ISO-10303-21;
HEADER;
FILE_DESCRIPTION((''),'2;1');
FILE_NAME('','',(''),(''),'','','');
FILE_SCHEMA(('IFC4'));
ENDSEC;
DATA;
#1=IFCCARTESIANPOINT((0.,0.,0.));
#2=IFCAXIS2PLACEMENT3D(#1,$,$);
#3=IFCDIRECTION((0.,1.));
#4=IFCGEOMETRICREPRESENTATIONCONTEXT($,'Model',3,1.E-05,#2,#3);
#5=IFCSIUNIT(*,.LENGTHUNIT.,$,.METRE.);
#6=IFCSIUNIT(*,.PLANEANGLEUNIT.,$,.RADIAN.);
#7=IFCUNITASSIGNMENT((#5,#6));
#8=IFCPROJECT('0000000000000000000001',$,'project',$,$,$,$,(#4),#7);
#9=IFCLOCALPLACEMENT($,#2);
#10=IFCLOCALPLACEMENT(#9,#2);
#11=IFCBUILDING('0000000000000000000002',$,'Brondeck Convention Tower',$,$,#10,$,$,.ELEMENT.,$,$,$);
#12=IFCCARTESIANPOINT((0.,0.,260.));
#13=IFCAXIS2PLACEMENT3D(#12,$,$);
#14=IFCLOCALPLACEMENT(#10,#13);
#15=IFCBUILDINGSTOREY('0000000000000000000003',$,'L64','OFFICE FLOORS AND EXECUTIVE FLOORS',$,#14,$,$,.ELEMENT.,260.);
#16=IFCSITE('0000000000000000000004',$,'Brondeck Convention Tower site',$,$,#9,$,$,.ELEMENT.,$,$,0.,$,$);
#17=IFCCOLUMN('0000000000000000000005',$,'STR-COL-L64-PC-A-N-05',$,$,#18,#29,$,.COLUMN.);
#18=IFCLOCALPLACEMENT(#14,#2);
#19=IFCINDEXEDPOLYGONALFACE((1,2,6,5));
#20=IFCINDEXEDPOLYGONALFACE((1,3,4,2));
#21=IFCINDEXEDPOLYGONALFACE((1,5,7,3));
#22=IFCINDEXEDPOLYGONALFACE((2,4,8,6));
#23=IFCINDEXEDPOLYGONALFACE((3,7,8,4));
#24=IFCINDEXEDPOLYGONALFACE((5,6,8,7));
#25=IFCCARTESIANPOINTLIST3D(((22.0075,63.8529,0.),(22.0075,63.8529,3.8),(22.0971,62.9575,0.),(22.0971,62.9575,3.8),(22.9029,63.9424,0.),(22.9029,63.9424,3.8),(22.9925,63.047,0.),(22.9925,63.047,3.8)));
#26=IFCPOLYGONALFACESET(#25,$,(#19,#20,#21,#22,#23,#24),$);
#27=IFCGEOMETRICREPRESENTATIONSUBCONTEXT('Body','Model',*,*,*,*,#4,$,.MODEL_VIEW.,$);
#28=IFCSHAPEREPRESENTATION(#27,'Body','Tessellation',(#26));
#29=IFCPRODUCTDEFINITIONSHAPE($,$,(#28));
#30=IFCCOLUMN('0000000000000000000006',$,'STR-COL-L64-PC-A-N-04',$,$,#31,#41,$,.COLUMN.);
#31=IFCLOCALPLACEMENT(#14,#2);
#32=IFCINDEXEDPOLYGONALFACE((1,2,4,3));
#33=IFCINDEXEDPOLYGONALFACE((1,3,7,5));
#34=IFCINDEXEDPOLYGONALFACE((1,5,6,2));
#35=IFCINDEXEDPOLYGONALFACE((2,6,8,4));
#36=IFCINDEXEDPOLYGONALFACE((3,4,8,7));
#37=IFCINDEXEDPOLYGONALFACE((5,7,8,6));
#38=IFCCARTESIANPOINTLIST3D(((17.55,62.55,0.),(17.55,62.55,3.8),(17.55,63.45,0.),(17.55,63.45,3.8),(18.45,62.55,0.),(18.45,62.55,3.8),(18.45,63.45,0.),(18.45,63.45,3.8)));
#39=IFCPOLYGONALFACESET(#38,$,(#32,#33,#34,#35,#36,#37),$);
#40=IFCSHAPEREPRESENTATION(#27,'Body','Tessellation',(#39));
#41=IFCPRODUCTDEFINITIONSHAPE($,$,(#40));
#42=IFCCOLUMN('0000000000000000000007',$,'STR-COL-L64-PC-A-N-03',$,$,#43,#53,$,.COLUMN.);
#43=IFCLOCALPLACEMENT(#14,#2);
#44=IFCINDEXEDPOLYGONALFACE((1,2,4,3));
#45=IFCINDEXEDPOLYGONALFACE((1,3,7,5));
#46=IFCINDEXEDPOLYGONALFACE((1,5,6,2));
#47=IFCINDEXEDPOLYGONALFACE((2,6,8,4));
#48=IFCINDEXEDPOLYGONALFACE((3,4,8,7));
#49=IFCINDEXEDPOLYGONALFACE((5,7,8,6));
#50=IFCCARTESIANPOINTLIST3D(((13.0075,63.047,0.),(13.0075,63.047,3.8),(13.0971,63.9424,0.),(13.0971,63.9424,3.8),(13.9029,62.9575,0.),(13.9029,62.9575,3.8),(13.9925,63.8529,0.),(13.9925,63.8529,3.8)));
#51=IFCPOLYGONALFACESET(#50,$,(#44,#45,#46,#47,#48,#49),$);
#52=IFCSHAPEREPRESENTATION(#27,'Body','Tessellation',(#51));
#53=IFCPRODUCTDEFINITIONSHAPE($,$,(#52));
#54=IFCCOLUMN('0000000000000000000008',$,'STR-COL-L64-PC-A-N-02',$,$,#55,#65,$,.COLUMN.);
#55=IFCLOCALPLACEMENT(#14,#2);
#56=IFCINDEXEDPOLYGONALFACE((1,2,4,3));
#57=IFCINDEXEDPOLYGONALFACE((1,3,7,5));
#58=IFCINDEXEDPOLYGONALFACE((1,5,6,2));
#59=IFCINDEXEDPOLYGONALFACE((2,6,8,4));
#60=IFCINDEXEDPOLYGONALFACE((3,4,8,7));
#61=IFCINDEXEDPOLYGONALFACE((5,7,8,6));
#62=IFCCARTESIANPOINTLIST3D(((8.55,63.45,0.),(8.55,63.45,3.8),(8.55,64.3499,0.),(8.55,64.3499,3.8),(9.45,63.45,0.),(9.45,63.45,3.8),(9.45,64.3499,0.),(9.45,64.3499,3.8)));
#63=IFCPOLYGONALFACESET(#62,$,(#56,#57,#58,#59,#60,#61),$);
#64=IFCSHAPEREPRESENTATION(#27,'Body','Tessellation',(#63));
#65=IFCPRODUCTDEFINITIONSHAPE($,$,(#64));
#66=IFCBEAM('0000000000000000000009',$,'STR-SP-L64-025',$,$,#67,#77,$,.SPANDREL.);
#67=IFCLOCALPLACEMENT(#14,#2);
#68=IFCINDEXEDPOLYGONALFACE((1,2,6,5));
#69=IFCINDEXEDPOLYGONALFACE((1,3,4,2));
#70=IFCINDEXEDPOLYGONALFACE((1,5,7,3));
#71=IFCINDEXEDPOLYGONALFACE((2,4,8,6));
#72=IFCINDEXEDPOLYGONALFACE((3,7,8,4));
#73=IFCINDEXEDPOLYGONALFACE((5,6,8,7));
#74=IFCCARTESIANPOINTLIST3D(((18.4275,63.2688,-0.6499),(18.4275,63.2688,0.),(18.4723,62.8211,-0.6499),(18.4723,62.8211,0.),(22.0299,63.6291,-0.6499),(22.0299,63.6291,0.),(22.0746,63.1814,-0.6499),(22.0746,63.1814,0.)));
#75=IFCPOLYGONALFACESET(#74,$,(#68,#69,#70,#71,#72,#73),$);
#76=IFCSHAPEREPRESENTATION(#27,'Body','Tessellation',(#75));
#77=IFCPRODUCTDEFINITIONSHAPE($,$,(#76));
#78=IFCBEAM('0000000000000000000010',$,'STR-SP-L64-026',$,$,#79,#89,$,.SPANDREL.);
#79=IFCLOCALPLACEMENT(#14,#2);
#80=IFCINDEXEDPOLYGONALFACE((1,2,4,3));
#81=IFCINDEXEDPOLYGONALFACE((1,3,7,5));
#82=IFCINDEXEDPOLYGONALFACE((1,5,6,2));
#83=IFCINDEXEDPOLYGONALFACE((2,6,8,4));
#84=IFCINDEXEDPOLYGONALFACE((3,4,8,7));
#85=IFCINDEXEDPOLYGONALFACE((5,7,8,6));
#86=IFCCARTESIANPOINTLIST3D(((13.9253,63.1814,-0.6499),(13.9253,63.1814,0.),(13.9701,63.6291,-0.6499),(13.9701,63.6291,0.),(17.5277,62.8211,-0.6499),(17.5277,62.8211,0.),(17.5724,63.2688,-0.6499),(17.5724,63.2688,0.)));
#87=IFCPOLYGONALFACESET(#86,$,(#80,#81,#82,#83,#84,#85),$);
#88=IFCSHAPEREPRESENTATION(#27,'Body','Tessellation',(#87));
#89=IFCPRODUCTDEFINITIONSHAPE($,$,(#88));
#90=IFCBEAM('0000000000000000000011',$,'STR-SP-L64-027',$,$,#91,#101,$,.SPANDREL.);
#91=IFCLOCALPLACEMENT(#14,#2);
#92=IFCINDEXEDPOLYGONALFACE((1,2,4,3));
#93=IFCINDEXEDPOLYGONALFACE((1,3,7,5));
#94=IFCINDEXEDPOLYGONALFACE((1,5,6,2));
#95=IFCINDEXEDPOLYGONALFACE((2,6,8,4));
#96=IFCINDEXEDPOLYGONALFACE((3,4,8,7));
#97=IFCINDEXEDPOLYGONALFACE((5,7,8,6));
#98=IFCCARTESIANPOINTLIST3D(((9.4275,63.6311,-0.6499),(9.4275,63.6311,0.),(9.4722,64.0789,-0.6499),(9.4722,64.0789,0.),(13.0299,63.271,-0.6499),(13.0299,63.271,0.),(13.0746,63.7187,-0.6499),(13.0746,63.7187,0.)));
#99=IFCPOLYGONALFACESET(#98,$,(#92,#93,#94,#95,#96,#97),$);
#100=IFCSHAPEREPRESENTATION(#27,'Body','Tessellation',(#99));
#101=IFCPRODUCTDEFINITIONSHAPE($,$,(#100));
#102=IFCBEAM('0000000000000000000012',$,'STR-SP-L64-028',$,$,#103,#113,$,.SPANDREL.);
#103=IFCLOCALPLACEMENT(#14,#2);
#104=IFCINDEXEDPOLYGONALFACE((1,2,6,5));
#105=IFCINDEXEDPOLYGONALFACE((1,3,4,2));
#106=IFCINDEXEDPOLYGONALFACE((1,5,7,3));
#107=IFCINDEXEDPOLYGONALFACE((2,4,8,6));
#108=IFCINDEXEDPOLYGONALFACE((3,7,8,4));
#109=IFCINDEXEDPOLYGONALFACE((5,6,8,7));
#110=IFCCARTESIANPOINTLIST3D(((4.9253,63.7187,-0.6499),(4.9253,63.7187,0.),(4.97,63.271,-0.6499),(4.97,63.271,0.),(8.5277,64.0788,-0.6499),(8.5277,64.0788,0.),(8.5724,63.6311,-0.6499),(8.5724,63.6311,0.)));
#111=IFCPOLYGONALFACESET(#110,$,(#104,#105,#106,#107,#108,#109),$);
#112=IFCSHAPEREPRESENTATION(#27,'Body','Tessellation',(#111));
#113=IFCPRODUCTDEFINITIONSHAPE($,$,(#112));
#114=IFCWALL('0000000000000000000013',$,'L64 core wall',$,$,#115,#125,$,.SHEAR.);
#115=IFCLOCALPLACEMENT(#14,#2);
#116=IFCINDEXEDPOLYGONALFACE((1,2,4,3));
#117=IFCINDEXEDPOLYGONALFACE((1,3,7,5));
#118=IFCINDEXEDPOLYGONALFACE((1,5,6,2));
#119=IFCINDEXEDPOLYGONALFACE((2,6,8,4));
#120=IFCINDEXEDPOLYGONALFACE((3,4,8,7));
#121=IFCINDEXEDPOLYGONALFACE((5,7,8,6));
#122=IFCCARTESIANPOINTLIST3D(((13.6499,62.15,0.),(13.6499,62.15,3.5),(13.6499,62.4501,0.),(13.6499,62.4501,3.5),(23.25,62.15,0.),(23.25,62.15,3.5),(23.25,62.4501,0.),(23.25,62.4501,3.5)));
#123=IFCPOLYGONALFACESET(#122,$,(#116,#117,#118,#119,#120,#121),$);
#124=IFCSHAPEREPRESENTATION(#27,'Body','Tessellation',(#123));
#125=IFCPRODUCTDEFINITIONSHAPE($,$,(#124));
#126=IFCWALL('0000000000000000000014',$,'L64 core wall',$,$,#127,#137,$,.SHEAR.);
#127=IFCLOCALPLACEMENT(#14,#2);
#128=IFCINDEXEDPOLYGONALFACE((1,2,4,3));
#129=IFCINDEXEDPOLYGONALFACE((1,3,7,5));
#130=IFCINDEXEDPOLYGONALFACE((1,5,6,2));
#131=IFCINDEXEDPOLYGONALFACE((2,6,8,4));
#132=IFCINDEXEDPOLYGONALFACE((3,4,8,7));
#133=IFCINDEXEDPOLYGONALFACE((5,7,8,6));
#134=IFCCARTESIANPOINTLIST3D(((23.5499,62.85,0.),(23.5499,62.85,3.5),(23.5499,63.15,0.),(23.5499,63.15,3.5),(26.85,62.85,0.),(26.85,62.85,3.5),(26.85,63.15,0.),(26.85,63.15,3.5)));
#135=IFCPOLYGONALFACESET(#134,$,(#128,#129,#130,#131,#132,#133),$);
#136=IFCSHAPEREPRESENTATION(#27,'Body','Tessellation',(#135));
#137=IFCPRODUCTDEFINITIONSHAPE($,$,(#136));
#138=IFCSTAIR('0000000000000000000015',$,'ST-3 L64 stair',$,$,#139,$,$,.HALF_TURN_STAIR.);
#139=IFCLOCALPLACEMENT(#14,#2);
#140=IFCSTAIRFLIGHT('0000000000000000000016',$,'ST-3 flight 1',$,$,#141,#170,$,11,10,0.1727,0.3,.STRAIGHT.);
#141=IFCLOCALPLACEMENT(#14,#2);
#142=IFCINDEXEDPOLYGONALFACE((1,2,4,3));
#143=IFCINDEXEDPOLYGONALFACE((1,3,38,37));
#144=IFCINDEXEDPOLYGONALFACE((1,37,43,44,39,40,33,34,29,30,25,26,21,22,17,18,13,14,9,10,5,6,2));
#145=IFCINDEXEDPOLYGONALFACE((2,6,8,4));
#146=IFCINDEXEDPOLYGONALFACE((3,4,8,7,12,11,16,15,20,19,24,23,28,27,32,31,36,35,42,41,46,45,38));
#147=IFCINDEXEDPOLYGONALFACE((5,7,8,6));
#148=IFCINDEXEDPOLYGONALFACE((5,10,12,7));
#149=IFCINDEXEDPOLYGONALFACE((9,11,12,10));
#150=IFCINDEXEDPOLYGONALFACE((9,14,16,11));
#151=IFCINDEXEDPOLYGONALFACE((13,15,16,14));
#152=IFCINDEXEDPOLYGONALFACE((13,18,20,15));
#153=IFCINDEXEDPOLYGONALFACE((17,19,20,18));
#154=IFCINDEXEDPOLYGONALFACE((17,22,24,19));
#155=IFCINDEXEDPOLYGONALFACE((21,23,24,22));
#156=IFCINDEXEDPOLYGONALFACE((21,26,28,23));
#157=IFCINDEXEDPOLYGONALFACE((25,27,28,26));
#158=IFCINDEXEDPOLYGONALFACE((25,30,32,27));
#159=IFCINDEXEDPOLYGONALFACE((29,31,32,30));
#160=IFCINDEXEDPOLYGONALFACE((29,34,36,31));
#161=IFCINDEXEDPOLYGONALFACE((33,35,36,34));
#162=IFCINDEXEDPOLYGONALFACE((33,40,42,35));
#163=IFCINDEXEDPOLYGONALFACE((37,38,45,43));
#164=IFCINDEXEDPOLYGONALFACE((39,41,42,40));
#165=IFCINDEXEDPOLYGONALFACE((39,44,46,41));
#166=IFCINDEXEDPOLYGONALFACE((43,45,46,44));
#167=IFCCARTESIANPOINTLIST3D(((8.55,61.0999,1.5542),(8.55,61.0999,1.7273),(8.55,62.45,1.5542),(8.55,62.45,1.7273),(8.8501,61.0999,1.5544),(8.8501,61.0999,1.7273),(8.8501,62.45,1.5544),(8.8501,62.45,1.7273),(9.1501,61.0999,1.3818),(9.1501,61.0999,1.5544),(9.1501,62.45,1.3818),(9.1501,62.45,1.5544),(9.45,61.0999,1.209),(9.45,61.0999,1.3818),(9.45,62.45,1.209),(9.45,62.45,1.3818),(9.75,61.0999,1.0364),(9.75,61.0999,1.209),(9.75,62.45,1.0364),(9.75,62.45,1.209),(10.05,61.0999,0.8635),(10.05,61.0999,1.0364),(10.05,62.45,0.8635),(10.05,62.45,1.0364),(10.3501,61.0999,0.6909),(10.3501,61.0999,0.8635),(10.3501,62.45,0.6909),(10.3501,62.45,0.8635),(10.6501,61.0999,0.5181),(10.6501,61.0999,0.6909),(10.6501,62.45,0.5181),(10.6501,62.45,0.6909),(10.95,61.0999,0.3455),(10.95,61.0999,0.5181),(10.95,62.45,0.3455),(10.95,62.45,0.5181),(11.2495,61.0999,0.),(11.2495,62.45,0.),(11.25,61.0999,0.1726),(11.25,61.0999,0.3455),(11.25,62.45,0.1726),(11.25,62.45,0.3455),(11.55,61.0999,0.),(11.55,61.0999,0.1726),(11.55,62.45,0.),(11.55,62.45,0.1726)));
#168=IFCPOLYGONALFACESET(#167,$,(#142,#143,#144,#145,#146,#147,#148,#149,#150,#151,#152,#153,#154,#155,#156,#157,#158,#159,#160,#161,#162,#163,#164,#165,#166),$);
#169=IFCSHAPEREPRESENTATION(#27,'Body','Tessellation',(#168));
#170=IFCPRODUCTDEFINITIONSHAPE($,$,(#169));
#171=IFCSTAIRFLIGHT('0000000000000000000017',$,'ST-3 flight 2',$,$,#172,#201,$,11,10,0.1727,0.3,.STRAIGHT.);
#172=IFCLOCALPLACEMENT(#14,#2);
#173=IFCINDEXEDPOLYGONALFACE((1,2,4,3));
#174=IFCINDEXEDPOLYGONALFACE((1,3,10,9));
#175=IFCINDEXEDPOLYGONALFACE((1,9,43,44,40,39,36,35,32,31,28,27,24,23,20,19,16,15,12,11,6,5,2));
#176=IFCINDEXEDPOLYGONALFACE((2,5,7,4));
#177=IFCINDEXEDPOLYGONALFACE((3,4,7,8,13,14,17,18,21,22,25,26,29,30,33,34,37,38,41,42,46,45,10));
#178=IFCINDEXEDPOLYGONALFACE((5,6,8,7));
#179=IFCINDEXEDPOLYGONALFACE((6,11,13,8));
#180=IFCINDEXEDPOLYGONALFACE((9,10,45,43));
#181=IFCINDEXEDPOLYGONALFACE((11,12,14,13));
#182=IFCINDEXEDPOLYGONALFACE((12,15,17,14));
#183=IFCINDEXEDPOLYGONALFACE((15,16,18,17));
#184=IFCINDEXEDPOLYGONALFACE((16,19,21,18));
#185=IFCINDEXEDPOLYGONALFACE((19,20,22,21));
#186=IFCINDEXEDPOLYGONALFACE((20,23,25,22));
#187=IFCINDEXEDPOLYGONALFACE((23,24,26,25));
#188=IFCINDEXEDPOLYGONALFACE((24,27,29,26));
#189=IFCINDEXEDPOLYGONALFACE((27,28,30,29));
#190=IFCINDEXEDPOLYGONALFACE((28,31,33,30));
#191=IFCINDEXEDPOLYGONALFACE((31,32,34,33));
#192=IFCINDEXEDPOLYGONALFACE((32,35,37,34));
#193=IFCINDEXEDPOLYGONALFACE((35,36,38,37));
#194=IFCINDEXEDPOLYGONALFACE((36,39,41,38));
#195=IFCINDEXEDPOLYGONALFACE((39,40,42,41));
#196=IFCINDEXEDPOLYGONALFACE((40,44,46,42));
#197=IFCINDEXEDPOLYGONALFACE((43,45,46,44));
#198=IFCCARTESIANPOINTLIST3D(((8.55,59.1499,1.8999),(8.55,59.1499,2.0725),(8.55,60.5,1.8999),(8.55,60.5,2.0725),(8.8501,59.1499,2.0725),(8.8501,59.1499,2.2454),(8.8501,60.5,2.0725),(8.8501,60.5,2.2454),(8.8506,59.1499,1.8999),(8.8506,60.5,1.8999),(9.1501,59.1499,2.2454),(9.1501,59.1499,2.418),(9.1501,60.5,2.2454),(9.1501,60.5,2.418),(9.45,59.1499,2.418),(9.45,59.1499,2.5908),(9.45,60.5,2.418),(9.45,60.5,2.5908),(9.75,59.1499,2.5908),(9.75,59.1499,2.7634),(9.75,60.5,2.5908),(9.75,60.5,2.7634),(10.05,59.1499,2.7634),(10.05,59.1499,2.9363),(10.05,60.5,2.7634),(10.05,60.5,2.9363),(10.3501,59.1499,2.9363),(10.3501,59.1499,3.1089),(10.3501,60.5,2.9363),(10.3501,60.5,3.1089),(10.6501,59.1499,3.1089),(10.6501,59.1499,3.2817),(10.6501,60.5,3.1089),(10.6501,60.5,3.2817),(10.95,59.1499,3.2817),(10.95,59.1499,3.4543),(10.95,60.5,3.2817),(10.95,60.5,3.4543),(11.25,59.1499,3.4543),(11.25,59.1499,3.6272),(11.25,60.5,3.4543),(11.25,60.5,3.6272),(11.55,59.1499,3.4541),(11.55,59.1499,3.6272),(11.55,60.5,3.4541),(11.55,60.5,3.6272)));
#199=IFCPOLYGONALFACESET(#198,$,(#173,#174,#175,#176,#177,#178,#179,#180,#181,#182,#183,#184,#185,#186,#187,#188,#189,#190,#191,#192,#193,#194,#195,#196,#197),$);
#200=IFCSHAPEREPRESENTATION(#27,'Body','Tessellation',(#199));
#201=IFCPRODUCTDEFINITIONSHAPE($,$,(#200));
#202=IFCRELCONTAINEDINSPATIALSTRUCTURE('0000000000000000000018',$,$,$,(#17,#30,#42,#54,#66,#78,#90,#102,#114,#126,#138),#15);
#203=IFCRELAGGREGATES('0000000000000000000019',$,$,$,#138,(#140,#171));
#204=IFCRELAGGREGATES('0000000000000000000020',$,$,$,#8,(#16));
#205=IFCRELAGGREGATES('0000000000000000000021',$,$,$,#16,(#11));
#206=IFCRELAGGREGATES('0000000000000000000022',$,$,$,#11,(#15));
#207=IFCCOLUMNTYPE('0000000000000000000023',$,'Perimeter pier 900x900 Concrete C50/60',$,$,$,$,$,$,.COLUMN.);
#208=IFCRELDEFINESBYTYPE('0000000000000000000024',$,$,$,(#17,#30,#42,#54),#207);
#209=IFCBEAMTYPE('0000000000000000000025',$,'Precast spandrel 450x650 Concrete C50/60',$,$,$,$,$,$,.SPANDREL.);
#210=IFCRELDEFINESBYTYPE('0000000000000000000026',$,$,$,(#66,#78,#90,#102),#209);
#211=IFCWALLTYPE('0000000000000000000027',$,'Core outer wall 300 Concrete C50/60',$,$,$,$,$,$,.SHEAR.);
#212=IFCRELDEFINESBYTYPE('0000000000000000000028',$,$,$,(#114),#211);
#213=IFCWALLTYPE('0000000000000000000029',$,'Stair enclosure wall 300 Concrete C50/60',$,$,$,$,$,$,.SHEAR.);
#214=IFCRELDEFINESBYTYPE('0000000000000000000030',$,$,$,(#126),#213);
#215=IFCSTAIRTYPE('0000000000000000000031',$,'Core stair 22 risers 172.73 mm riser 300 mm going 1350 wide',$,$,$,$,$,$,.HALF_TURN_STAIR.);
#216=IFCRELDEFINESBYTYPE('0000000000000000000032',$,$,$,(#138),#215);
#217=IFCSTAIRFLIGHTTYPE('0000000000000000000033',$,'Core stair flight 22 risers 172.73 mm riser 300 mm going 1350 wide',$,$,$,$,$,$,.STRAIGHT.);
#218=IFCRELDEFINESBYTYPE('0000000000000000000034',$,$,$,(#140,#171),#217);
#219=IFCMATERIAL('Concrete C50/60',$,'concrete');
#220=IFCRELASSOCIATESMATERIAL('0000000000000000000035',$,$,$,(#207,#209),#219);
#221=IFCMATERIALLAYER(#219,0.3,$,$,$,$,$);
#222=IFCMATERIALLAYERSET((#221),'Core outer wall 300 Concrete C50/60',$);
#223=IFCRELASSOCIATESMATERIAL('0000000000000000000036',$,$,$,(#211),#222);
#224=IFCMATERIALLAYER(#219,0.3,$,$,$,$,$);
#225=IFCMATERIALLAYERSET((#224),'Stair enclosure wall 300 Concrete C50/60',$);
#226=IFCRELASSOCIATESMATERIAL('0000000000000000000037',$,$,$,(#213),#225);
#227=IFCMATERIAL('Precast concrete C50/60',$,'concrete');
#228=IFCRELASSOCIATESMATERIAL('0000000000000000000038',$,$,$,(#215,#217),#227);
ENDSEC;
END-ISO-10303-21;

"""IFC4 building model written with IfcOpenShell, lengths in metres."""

from ifc_helpers import new_model, si_unit, direction, frame, frame_2d, origin, origin_2d, place, context, subcontext, project, spatial, polyline, rectangle, outline, extrude, material, layer, layer_set, material_profile, profile_set, type_object, element, aggregate, save


model = new_model("IFC4")

# Units and contexts
model_context = context("Model", 3, precision=1e-05, world=origin(), true_north=direction((0.0, 1.0)))
body_context = subcontext(model_context, "Body", "Model", "MODEL_VIEW")
ifc_project = project(units=[si_unit("LENGTHUNIT", "METRE"), si_unit("PLANEANGLEUNIT", "RADIAN")], contexts=[model_context])

# Site, building, storey
site_placement = place(None, origin())
site = spatial("IfcSite", under=ifc_project, at=site_placement, Name="Brondeck Convention Tower site", CompositionType="ELEMENT", RefElevation=0.0)
building_placement = place(site_placement, origin())
building = spatial("IfcBuilding", under=site, at=building_placement, Name="Brondeck Convention Tower", CompositionType="ELEMENT")
storey_placement = place(building_placement, frame((0.0, 0.0, 260.0)))
storey = spatial("IfcBuildingStorey", under=building, at=storey_placement, Name="L64", Description="OFFICE FLOORS AND EXECUTIVE FLOORS", CompositionType="ELEMENT", Elevation=260.0)

# Columns
ifc_material_1 = material(Name="Concrete C50/60", Category="concrete")
ifc_material_profile_1 = material_profile(ifc_material_1, rectangle(XDim=0.8999, YDim=0.8999, at=origin_2d()), Name="Perimeter pier 900x900 Concrete C50/60")
ifc_profile_set_1 = profile_set([ifc_material_profile_1], Name="Concrete C50/60")
column_type = type_object("IfcColumnType", Name="Perimeter pier 900x900 Concrete C50/60", PredefinedType="COLUMN", material=ifc_profile_set_1)
for number, where, z_axis, x_axis, name in (
    (1, (22.5, 63.45, 0.0), (0.0, 0.0, 1.0), (-0.995037, -0.099504, 0.0), "STR-COL-L64-PC-A-N-05"),
    (2, (18.0, 63.0, 0.0), (0.0, 0.0, 1.0), (-1.0, 0.0, 0.0), "STR-COL-L64-PC-A-N-04"),
    (3, (13.5, 63.45, 0.0), (0.0, 0.0, 1.0), (-0.995037, 0.099504, 0.0), "STR-COL-L64-PC-A-N-03"),
    (4, (9.0, 63.8999, 0.0), (0.0, 0.0, 1.0), (-1.0, 0.0, 0.0), "STR-COL-L64-PC-A-N-02"),
):
    element("IfcColumn", number, at=place(storey_placement, frame(where, z_axis=z_axis, x_axis=x_axis)), inside=storey, type_object=column_type, Name=name, PredefinedType="COLUMN", context=body_context, shape_type="SweptSolid", body=[
        extrude(rectangle(XDim=0.8999, YDim=0.8999, at=origin_2d()), origin(), (0.0, 0.0, 1.0), 3.8),
    ])

# Beams
ifc_material_profile_2 = material_profile(ifc_material_1, rectangle(XDim=0.45, YDim=0.6499, at=origin_2d()), Name="Precast spandrel 450x650 Concrete C50/60")
ifc_profile_set_2 = profile_set([ifc_material_profile_2], Name="Concrete C50/60")
beam_type = type_object("IfcBeamType", Name="Precast spandrel 450x650 Concrete C50/60", PredefinedType="SPANDREL", material=ifc_profile_set_2)
for number, where, z_axis, x_axis, name in (
    (5, (22.0522, 63.4053, -0.325), (-0.995034, -0.099537, 0.0), (0.099537, -0.995034, 0.0), "STR-SP-L64-025"),
    (6, (17.55, 63.0449, -0.325), (-0.995034, 0.099537, 0.0), (-0.099537, -0.995034, 0.0), "STR-SP-L64-026"),
    (7, (13.0522, 63.4949, -0.325), (-0.995041, 0.09947, 0.0), (-0.09947, -0.995041, 0.0), "STR-SP-L64-027"),
    (8, (8.55, 63.855, -0.325), (-0.995041, -0.09947, 0.0), (0.09947, -0.995041, 0.0), "STR-SP-L64-028"),
):
    element("IfcBeam", number, at=place(storey_placement, frame(where, z_axis=z_axis, x_axis=x_axis)), inside=storey, type_object=beam_type, Name=name, PredefinedType="SPANDREL", context=body_context, shape_type="SweptSolid", body=[
        extrude(rectangle(XDim=0.45, YDim=0.6499, at=origin_2d()), origin(), (0.0, 0.0, 1.0), 3.6204),
    ])

# Walls
ifc_layer_1 = layer(ifc_material_1, 0.3)
ifc_layer_set_1 = layer_set([ifc_layer_1], Name="Core outer wall 300 Concrete C50/60")
wall_type_1 = type_object("IfcWallType", Name="Core outer wall 300 Concrete C50/60", PredefinedType="SHEAR", material=ifc_layer_set_1)
wall_1_placement = place(storey_placement, frame((13.6499, 62.3, 0.0), z_axis=(0.0, 0.0, 1.0), x_axis=(1.0, 0.0, 0.0)))
element("IfcWall", 9, at=wall_1_placement, inside=storey, type_object=wall_type_1, Name="L64 core wall", PredefinedType="SHEAR", context=body_context, shape_type="SweptSolid", body=[
    extrude(rectangle(XDim=9.6001, YDim=0.3, at=frame_2d((4.8, 0.0))), origin(), (0.0, 0.0, 1.0), 3.5),
])
ifc_layer_2 = layer(ifc_material_1, 0.3)
ifc_layer_set_2 = layer_set([ifc_layer_2], Name="Stair enclosure wall 300 Concrete C50/60")
wall_type_2 = type_object("IfcWallType", Name="Stair enclosure wall 300 Concrete C50/60", PredefinedType="SHEAR", material=ifc_layer_set_2)
wall_2_placement = place(storey_placement, frame((23.55, 63.0, 0.0), z_axis=(0.0, 0.0, 1.0), x_axis=(1.0, 0.0, 0.0)))
element("IfcWall", 10, at=wall_2_placement, inside=storey, type_object=wall_type_2, Name="L64 core wall", PredefinedType="SHEAR", context=body_context, shape_type="SweptSolid", body=[
    extrude(rectangle(XDim=3.3, YDim=0.3, at=frame_2d((1.6499, 0.0))), origin(), (0.0, 0.0, 1.0), 3.5),
])

# Stair, stair flights
ifc_material_2 = material(Name="Precast concrete C50/60", Category="concrete")
stair_type = type_object("IfcStairType", Name="Core stair 22 risers 172.73 mm riser 300 mm going 1350 wide", PredefinedType="HALF_TURN_STAIR", material=ifc_material_2)
stair_placement = place(storey_placement, origin())
stair = element("IfcStair", 11, at=stair_placement, inside=storey, type_object=stair_type, Name="ST-3 L64 stair", PredefinedType="HALF_TURN_STAIR")
stair_flight_type = type_object("IfcStairFlightType", Name="Core stair flight 22 risers 172.73 mm riser 300 mm going 1350 wide", PredefinedType="STRAIGHT", material=ifc_material_2)
stair_flight_1_placement = place(storey_placement, frame((11.55, 61.7749, 0.0), z_axis=(0.0, 0.0, 1.0), x_axis=(-1.0, 0.0, 0.0)))
stair_flight_1 = element("IfcStairFlight", 12, at=stair_flight_1_placement, type_object=stair_flight_type, Name="ST-3 flight 1", NumberOfRisers=11, NumberOfTreads=10, PredefinedType="STRAIGHT", RiserHeight=0.1727, TreadLength=0.3, context=body_context, shape_type="SweptSolid", body=[
    extrude(outline(polyline([(0.0, 0.0), (0.0, 0.1726), (0.3, 0.1726), (0.3, 0.3455), (0.6001, 0.3455), (0.6001, 0.5181), (0.8999, 0.5181), (0.8999, 0.6909), (1.2, 0.6909), (1.2, 0.8635), (1.5, 0.8635), (1.5, 1.0364), (1.8, 1.0364), (1.8, 1.209), (2.1001, 1.209), (2.1001, 1.3818), (2.3999, 1.3818), (2.3999, 1.5544), (2.7, 1.5544), (2.7, 1.7273), (3.0, 1.7273), (3.0, 1.8999), (3.0, 1.5542), (0.3005, 0.0), (0.0, 0.0)])), frame((0.0, 0.675, 0.0), z_axis=(0.0, -1.0, 0.0), x_axis=(1.0, 0.0, 0.0)), (0.0, 0.0, 1.0), 1.3501),
])
stair_flight_2_placement = place(storey_placement, frame((8.55, 59.825, 1.8999), z_axis=(0.0, 0.0, 1.0), x_axis=(1.0, 0.0, 0.0)))
stair_flight_2 = element("IfcStairFlight", 13, at=stair_flight_2_placement, type_object=stair_flight_type, Name="ST-3 flight 2", NumberOfRisers=11, NumberOfTreads=10, PredefinedType="STRAIGHT", RiserHeight=0.1727, TreadLength=0.3, context=body_context, shape_type="SweptSolid", body=[
    extrude(outline(polyline([(0.0, 0.0), (0.0, 0.1726), (0.3, 0.1726), (0.3, 0.3455), (0.6001, 0.3455), (0.6001, 0.5181), (0.8999, 0.5181), (0.8999, 0.6909), (1.2, 0.6909), (1.2, 0.8635), (1.5, 0.8635), (1.5, 1.0364), (1.8, 1.0364), (1.8, 1.209), (2.1001, 1.209), (2.1001, 1.3818), (2.3999, 1.3818), (2.3999, 1.5544), (2.7, 1.5544), (2.7, 1.7273), (3.0, 1.7273), (3.0, 1.8999), (3.0, 1.5542), (0.3005, 0.0), (0.0, 0.0)])), frame((0.0, 0.675, 0.0), z_axis=(0.0, -1.0, 0.0), x_axis=(1.0, 0.0, 0.0)), (0.0, 0.0, 1.0), 1.3501),
])
aggregate(stair, [stair_flight_1, stair_flight_2])

save(model, "model.ifc")
